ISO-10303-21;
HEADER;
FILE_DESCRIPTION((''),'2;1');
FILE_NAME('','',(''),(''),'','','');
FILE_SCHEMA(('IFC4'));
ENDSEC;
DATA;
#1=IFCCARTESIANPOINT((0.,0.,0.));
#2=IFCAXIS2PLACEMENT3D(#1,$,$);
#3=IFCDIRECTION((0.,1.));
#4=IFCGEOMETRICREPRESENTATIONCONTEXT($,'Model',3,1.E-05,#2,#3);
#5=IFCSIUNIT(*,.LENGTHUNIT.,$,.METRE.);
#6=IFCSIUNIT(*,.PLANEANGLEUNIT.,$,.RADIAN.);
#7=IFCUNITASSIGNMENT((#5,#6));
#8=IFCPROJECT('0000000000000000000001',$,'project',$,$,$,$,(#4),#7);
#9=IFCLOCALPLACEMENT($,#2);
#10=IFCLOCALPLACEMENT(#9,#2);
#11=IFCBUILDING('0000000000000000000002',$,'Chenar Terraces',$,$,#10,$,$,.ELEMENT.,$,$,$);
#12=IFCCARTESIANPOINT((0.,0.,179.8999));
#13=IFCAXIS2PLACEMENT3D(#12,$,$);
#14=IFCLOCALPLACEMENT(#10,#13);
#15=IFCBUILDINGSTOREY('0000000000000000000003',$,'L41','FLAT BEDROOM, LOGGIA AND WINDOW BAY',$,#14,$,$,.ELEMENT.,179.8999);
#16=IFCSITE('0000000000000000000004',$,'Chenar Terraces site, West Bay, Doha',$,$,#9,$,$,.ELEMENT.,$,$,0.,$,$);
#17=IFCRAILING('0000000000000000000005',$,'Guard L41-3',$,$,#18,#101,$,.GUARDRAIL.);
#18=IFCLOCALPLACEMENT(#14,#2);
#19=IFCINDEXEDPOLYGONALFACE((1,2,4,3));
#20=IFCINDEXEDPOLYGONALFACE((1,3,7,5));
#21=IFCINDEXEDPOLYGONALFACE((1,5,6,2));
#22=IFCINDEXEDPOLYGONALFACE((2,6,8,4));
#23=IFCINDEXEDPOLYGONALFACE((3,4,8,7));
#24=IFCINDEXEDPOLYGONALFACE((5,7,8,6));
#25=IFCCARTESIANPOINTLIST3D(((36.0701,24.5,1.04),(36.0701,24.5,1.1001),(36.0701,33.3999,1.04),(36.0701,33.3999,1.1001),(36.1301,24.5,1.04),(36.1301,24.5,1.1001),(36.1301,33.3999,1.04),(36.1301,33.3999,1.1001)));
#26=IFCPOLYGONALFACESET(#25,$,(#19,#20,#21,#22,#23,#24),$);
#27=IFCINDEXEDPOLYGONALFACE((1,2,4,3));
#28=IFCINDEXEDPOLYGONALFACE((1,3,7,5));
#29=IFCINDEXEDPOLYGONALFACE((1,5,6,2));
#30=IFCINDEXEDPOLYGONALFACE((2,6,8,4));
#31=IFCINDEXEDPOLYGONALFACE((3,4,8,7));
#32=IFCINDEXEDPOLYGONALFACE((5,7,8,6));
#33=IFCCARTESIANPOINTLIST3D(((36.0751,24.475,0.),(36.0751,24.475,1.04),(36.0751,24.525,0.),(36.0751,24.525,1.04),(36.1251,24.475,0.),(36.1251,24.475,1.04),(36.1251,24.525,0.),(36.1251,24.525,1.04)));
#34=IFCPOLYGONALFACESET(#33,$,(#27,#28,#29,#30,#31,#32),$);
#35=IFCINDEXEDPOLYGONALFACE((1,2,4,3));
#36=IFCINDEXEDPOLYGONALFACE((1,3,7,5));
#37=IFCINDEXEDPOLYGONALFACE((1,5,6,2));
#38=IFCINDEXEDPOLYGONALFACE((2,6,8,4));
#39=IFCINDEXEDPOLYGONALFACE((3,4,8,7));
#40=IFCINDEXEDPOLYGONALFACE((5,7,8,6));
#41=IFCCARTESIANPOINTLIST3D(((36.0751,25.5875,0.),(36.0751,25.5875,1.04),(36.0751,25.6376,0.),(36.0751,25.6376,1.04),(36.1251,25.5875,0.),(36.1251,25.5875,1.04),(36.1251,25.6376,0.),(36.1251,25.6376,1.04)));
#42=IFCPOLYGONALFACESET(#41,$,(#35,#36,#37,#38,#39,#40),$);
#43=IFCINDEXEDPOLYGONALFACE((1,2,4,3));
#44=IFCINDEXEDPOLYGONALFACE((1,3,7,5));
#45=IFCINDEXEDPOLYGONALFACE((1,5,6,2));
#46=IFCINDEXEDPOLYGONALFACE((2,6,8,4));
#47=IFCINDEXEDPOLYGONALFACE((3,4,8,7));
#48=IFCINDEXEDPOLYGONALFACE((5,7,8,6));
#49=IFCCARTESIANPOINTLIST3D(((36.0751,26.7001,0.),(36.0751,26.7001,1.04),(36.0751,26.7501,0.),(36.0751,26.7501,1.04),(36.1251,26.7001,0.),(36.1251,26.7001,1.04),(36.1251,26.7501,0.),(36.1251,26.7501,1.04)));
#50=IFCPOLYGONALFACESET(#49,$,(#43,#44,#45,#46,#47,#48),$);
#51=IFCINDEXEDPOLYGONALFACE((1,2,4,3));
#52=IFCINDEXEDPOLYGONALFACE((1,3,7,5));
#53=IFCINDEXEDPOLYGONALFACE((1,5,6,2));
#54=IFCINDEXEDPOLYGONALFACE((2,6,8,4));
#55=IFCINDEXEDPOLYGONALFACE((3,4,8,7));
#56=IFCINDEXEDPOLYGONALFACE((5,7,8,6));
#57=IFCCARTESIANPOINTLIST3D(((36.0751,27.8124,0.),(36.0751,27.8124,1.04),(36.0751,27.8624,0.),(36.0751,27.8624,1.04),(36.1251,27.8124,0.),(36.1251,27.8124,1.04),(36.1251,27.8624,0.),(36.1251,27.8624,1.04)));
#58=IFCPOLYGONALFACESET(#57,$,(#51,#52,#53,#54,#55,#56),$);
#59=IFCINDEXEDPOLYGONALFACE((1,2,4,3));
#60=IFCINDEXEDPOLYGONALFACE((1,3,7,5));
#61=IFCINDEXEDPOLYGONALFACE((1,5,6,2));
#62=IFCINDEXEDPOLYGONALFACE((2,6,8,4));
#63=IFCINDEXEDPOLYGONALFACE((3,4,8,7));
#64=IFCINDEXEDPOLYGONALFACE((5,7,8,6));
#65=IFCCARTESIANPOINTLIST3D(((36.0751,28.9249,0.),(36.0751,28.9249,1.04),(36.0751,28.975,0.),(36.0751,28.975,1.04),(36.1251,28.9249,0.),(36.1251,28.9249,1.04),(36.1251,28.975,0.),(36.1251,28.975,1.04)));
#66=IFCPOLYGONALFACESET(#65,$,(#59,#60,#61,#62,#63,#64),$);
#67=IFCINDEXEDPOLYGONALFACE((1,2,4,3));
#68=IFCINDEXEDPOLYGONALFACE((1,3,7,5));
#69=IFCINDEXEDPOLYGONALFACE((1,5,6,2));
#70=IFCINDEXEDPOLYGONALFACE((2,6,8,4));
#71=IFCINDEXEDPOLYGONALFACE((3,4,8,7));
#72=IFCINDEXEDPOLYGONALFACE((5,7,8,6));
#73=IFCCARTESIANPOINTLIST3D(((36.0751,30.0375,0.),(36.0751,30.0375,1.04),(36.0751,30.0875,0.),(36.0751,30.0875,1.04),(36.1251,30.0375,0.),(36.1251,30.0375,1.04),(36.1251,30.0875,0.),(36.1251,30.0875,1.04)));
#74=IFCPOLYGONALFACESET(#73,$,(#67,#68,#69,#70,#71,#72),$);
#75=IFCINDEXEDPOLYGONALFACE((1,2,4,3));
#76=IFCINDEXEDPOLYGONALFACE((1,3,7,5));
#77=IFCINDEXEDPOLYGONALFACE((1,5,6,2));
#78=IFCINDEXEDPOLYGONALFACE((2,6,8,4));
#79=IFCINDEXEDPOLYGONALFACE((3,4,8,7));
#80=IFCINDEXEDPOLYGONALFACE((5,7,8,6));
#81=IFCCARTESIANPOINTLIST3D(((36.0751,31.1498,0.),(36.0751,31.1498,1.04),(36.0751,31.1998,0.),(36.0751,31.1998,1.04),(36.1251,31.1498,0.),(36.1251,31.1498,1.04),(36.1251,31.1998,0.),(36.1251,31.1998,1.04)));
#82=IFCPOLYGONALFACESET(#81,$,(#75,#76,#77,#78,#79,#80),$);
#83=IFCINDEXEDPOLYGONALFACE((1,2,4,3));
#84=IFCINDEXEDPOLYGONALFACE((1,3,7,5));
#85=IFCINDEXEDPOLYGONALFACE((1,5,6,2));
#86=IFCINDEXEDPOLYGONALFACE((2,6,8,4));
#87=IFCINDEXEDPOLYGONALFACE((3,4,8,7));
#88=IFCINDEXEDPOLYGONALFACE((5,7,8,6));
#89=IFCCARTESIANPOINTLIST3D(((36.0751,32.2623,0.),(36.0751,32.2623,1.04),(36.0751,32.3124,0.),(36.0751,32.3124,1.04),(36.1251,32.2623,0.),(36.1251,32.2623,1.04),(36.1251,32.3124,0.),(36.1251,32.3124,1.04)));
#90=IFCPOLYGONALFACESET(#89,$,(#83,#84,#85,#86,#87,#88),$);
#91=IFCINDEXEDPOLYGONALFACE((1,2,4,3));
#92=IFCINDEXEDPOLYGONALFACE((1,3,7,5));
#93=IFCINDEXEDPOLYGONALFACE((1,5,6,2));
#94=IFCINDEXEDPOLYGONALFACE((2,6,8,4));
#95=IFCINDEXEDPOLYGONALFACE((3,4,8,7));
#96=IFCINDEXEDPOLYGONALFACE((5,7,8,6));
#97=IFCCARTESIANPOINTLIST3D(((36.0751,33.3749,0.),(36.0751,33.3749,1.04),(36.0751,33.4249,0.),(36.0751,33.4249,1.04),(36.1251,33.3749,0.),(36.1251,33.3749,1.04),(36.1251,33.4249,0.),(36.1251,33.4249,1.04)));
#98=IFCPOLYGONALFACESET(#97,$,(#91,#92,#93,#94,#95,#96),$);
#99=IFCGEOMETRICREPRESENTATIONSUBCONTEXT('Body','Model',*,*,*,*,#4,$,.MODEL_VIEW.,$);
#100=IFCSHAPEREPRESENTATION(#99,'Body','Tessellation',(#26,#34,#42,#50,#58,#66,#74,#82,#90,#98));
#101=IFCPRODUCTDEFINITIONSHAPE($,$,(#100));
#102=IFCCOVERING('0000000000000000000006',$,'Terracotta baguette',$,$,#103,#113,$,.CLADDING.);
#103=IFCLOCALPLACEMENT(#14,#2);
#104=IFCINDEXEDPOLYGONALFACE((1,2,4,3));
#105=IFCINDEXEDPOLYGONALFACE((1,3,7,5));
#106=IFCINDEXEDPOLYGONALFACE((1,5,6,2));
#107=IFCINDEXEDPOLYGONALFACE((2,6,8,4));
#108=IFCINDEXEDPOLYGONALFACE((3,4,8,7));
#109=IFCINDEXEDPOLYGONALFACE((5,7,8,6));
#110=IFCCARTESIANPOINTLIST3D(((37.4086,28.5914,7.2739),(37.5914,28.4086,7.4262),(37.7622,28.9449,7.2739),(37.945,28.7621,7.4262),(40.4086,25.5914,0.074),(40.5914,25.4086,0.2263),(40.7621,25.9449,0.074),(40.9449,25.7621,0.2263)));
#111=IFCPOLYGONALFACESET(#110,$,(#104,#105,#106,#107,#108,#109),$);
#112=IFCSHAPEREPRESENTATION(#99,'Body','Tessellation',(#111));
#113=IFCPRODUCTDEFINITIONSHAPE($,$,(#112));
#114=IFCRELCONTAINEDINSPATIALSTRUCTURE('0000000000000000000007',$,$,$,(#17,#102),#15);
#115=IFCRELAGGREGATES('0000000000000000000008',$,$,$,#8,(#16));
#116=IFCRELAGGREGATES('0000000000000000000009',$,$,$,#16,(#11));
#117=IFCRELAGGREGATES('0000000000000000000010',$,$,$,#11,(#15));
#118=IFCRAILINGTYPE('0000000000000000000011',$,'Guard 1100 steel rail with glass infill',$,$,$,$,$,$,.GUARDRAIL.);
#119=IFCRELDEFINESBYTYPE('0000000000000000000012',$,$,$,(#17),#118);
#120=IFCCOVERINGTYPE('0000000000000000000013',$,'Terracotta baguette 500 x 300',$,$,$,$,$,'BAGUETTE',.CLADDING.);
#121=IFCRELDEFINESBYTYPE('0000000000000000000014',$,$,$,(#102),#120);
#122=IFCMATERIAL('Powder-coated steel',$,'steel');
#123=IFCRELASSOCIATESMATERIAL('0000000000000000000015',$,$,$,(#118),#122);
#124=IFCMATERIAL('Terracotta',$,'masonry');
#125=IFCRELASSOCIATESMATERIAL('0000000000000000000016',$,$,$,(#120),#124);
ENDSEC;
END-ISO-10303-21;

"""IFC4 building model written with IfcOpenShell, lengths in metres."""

from ifc_helpers import new_model, si_unit, direction, frame, origin, origin_2d, place, context, subcontext, project, spatial, rectangle, extrude, material, material_profile, profile_set, type_object, element, save


model = new_model("IFC4")

# Units and contexts
model_context = context("Model", 3, precision=1e-05, world=origin(), true_north=direction((0.0, 1.0)))
body_context = subcontext(model_context, "Body", "Model", "MODEL_VIEW")
ifc_project = project(units=[si_unit("LENGTHUNIT", "METRE"), si_unit("PLANEANGLEUNIT", "RADIAN")], contexts=[model_context])

# Site, building, storey
site_placement = place(None, origin())
site = spatial("IfcSite", under=ifc_project, at=site_placement, Name="Chenar Terraces site, West Bay, Doha", CompositionType="ELEMENT", RefElevation=0.0)
building_placement = place(site_placement, origin())
building = spatial("IfcBuilding", under=site, at=building_placement, Name="Chenar Terraces", CompositionType="ELEMENT")
storey_placement = place(building_placement, frame((0.0, 0.0, 179.8999)))
storey = spatial("IfcBuildingStorey", under=building, at=storey_placement, Name="L41", Description="FLAT BEDROOM, LOGGIA AND WINDOW BAY", CompositionType="ELEMENT", Elevation=179.8999)

# Railing
ifc_material_1 = material(Name="Powder-coated steel", Category="steel")
railing_type = type_object("IfcRailingType", Name="Guard 1100 steel rail with glass infill", PredefinedType="GUARDRAIL", material=ifc_material_1)
railing_placement = place(storey_placement, frame((36.1001, 24.5, 0.0)))
element("IfcRailing", 1, at=railing_placement, inside=storey, type_object=railing_type, Name="Guard L41-3", PredefinedType="GUARDRAIL", context=body_context, shape_type="SweptSolid", body=[
    extrude(rectangle(XDim=0.0601, YDim=0.0601, at=origin_2d()), frame((0.0, 0.0, 1.0701), z_axis=(0.0, 1.0, 0.0), x_axis=(-1.0, 0.0, 0.0)), (0.0, 0.0, 1.0), 8.8999),
    extrude(rectangle(XDim=0.05, YDim=0.05, at=origin_2d()), origin(), (0.0, 0.0, 1.0), 1.04),
    extrude(rectangle(XDim=0.05, YDim=0.05, at=origin_2d()), frame((0.0, 1.1125, 0.0)), (0.0, 0.0, 1.0), 1.04),
    extrude(rectangle(XDim=0.05, YDim=0.05, at=origin_2d()), frame((0.0, 2.2251, 0.0)), (0.0, 0.0, 1.0), 1.04),
    extrude(rectangle(XDim=0.05, YDim=0.05, at=origin_2d()), frame((0.0, 3.3374, 0.0)), (0.0, 0.0, 1.0), 1.04),
    extrude(rectangle(XDim=0.05, YDim=0.05, at=origin_2d()), frame((0.0, 4.45, 0.0)), (0.0, 0.0, 1.0), 1.04),
    extrude(rectangle(XDim=0.05, YDim=0.05, at=origin_2d()), frame((0.0, 5.5625, 0.0)), (0.0, 0.0, 1.0), 1.04),
    extrude(rectangle(XDim=0.05, YDim=0.05, at=origin_2d()), frame((0.0, 6.6748, 0.0)), (0.0, 0.0, 1.0), 1.04),
    extrude(rectangle(XDim=0.05, YDim=0.05, at=origin_2d()), frame((0.0, 7.7874, 0.0)), (0.0, 0.0, 1.0), 1.04),
    extrude(rectangle(XDim=0.05, YDim=0.05, at=origin_2d()), frame((0.0, 8.8999, 0.0)), (0.0, 0.0, 1.0), 1.04),
])

# Covering
ifc_material_2 = material(Name="Terracotta", Category="masonry")
ifc_material_profile_1 = material_profile(ifc_material_2, rectangle(XDim=0.5, YDim=0.3, at=origin_2d()), Name="Terracotta baguette 500 x 300")
ifc_profile_set_1 = profile_set([ifc_material_profile_1], Name="Terracotta")
covering_type = type_object("IfcCoveringType", Name="Terracotta baguette 500 x 300", ElementType="BAGUETTE", PredefinedType="CLADDING", material=ifc_profile_set_1)
covering_placement = place(storey_placement, frame((40.6768, 25.6768, 0.1501), z_axis=(-0.358981, 0.358981, 0.861548), x_axis=(-0.707107, -0.707107, 0.0)))
element("IfcCovering", 2, at=covering_placement, inside=storey, type_object=covering_type, Name="Terracotta baguette", PredefinedType="CLADDING", context=body_context, shape_type="SweptSolid", body=[
    extrude(rectangle(XDim=0.5, YDim=0.3, at=origin_2d()), origin(), (0.0, 0.0, 1.0), 8.3569),
])

save(model, "model.ifc")
